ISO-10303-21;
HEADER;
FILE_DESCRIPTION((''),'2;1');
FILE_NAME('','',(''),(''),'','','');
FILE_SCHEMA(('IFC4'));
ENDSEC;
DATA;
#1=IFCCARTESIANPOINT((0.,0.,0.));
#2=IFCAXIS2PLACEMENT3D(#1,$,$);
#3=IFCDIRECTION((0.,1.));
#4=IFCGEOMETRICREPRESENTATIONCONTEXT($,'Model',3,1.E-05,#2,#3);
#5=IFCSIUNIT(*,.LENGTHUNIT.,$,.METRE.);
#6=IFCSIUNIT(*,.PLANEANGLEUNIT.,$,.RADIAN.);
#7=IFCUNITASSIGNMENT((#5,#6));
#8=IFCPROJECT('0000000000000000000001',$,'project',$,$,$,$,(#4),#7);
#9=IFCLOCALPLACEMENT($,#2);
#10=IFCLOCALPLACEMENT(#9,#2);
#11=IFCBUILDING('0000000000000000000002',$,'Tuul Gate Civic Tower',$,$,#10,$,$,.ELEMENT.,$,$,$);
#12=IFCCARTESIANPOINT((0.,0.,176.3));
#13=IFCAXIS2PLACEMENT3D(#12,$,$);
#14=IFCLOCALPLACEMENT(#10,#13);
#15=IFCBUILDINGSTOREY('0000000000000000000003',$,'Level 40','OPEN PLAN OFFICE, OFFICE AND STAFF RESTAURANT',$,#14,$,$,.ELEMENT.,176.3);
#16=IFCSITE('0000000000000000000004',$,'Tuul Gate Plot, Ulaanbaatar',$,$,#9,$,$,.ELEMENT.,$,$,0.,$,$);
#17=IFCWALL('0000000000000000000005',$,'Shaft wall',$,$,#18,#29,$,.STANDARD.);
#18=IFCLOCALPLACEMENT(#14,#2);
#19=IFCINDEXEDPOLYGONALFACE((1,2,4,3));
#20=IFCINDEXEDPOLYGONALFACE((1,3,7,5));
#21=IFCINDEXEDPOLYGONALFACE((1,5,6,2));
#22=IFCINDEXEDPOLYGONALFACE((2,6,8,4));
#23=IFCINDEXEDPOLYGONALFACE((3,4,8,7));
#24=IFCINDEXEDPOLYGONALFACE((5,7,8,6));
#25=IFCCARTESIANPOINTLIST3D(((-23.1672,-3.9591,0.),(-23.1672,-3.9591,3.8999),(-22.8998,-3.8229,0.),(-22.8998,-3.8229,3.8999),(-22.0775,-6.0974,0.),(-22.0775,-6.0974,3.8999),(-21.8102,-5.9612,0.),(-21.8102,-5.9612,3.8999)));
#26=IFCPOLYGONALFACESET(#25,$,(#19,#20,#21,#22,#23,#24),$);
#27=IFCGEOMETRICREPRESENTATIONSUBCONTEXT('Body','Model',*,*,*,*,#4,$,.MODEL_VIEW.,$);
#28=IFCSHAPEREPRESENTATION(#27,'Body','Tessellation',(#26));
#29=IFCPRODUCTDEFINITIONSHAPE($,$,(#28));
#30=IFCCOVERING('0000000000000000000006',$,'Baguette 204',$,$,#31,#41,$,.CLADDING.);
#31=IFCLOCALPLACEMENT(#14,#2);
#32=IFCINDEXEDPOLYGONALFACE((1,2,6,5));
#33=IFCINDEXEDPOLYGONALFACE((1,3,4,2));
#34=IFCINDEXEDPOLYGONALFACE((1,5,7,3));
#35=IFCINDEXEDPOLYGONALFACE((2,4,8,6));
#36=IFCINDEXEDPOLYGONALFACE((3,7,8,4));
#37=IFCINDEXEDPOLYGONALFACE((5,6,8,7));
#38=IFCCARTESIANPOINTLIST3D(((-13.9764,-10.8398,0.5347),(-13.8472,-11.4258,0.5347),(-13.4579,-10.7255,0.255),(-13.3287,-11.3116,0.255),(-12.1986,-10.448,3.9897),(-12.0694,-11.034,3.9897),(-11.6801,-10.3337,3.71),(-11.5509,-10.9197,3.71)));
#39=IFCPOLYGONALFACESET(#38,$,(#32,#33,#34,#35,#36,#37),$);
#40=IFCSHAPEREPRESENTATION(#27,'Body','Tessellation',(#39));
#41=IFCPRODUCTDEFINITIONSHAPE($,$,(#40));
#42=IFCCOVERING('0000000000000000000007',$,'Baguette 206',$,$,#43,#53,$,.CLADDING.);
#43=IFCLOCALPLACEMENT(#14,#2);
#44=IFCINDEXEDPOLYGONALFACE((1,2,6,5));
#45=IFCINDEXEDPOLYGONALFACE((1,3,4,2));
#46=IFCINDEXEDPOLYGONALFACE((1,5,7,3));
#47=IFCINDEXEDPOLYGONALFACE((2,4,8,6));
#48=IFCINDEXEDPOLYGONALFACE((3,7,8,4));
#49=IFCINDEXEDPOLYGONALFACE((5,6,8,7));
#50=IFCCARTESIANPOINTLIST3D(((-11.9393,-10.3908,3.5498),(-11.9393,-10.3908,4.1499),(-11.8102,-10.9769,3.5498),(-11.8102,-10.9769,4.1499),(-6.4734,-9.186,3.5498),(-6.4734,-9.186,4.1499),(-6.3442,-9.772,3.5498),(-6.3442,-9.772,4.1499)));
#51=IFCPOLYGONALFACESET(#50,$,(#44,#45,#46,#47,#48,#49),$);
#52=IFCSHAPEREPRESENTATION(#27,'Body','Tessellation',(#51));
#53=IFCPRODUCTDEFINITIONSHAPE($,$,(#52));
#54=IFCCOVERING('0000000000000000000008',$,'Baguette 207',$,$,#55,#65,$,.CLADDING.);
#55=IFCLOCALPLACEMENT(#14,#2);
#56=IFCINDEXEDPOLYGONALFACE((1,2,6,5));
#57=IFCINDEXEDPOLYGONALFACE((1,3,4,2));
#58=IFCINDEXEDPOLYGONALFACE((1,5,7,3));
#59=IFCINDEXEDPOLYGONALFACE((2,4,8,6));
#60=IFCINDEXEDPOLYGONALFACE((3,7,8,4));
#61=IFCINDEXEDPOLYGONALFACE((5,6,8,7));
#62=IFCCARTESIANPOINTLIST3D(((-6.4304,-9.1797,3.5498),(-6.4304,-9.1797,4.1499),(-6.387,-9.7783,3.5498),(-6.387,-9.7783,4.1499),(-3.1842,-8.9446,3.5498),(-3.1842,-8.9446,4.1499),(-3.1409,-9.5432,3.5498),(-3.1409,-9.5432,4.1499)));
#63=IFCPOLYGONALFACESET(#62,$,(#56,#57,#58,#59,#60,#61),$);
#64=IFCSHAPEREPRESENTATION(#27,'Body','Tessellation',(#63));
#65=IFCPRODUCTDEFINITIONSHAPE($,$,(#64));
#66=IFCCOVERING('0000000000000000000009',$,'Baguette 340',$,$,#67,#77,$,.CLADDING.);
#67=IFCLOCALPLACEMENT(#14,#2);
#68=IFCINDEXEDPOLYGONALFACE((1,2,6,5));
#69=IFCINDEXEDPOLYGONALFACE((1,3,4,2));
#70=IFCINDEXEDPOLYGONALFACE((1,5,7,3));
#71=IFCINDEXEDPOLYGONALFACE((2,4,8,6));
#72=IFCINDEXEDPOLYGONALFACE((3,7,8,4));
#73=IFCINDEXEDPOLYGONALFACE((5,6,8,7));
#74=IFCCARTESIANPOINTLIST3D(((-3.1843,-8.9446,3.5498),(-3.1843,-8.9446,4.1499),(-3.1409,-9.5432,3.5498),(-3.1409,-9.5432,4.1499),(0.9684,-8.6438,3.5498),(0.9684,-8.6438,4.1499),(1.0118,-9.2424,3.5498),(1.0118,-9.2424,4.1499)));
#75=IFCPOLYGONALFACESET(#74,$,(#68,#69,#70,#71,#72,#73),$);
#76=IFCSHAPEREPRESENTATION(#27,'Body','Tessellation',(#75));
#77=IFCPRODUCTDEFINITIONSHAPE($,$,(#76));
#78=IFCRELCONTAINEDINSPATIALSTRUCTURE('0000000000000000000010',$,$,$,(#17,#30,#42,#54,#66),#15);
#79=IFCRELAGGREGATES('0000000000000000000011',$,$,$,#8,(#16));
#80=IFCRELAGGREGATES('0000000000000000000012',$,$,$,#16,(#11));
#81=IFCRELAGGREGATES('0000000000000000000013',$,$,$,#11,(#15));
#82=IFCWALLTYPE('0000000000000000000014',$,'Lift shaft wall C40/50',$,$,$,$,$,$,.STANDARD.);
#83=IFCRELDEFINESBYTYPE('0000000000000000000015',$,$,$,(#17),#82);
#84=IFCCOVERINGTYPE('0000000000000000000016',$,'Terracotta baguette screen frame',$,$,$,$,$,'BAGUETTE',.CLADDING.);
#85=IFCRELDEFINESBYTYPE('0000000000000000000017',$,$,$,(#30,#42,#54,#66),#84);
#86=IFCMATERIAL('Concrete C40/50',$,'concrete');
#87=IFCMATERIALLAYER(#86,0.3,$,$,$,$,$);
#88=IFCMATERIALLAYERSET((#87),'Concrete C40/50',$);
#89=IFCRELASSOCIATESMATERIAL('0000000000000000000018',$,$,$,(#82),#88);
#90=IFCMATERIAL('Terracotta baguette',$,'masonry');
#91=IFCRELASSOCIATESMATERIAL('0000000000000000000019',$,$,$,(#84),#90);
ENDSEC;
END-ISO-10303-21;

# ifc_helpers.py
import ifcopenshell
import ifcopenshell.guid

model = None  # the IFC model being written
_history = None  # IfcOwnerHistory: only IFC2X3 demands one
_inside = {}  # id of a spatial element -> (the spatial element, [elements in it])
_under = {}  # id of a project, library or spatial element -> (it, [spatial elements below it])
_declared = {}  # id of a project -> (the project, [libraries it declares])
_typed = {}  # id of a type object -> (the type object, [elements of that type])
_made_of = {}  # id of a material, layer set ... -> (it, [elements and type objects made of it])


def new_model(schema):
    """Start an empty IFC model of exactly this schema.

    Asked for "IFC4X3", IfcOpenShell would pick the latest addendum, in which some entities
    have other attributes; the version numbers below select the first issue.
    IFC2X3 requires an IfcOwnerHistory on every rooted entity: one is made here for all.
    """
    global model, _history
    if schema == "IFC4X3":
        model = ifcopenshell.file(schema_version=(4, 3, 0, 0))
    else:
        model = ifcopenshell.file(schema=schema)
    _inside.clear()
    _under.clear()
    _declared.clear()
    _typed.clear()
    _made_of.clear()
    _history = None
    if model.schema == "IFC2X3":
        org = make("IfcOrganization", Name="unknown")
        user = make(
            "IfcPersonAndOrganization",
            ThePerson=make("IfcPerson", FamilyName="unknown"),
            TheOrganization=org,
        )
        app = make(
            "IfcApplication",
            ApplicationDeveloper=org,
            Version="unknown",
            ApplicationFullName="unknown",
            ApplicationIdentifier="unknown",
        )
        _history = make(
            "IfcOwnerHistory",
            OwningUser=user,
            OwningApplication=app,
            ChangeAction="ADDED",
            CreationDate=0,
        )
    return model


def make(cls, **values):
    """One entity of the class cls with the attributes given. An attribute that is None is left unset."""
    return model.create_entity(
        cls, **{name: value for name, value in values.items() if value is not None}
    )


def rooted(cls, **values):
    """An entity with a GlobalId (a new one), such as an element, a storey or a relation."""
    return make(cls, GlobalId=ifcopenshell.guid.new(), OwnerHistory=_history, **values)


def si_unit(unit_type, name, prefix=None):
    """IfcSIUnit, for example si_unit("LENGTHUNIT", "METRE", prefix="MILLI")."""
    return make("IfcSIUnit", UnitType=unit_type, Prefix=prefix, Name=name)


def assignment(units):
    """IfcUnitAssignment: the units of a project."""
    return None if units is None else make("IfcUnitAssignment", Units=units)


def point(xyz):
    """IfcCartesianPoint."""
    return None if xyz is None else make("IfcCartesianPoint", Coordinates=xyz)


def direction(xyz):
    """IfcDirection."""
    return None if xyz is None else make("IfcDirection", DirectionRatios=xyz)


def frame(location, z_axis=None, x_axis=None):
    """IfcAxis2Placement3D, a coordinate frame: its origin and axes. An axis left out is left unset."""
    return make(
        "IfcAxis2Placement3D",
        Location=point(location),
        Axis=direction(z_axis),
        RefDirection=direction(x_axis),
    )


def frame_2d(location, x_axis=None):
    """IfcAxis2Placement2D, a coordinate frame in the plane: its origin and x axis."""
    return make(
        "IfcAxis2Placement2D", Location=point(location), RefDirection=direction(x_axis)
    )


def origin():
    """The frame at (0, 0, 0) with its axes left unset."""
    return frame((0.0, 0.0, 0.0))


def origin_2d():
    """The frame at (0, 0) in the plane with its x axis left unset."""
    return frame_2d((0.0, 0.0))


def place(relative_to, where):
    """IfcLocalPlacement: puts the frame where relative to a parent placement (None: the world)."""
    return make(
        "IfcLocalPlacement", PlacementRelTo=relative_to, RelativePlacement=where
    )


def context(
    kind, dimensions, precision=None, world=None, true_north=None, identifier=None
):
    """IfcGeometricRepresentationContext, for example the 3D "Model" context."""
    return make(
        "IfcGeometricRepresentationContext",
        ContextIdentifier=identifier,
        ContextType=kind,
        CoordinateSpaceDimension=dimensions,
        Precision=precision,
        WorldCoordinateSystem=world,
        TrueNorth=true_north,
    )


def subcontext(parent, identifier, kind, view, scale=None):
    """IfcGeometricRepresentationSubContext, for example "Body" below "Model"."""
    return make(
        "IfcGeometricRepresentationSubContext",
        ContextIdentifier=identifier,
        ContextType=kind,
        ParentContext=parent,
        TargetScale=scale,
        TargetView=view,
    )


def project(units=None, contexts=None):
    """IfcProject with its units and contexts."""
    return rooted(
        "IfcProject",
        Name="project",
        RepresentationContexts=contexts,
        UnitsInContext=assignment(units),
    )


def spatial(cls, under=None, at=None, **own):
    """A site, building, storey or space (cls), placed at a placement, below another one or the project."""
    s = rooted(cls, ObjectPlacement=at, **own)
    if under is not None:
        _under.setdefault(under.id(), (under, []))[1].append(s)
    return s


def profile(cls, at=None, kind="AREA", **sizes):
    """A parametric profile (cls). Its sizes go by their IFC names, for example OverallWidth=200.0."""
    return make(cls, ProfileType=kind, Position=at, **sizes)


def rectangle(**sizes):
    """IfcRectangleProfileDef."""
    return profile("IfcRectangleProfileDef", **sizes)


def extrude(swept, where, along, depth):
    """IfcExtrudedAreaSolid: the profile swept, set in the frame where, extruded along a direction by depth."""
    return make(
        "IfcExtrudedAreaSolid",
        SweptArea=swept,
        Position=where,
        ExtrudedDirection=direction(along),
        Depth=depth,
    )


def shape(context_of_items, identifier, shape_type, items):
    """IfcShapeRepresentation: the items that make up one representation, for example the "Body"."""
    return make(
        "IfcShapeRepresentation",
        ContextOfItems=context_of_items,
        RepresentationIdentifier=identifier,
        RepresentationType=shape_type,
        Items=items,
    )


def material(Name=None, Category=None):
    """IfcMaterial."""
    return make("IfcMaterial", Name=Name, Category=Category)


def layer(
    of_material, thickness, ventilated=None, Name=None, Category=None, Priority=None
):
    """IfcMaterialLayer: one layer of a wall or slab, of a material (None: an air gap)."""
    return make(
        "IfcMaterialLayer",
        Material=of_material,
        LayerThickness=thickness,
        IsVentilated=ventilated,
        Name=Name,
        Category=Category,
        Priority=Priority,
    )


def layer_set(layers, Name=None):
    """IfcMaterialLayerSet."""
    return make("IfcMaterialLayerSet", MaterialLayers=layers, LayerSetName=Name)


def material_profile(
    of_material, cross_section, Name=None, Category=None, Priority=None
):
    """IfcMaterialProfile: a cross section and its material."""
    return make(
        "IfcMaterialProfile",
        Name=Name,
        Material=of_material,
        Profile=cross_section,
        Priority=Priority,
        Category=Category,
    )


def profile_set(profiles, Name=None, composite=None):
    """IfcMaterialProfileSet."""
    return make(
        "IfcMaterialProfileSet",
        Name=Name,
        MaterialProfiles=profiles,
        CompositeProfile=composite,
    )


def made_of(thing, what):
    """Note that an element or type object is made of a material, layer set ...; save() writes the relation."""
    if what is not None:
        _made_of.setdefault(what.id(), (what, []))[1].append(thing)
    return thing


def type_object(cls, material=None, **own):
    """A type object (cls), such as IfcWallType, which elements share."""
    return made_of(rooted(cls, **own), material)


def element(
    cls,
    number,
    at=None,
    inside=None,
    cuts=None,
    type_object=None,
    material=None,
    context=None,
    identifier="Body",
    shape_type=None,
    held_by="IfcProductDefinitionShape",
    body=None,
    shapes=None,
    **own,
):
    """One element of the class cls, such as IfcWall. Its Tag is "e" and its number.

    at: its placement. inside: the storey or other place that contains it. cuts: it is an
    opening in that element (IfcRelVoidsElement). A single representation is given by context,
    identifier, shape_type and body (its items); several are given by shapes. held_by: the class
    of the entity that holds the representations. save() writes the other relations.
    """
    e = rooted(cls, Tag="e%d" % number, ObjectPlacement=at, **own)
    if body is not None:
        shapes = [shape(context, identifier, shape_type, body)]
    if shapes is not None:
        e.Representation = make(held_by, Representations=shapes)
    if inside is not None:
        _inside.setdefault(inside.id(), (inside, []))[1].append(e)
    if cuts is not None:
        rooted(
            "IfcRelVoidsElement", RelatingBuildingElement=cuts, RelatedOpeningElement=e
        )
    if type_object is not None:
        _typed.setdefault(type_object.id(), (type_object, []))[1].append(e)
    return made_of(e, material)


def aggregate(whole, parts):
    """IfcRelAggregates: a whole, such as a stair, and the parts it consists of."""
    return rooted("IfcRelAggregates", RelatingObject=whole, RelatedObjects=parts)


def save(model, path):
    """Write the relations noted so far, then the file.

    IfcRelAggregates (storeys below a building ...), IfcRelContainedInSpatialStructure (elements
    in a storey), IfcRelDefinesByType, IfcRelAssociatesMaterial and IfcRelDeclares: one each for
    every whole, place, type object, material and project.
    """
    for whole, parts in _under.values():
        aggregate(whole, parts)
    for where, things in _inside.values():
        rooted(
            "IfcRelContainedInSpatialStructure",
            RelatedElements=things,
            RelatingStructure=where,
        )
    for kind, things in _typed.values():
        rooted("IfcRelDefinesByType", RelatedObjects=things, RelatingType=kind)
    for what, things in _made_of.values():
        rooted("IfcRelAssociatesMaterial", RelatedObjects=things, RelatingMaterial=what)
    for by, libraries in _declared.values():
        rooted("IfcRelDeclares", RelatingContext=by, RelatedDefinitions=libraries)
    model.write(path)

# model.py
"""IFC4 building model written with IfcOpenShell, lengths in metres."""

from ifc_helpers import new_model, si_unit, direction, frame, frame_2d, origin, origin_2d, place, context, subcontext, project, spatial, rectangle, extrude, material, layer, layer_set, material_profile, profile_set, type_object, element, save


model = new_model("IFC4")

# Units and contexts
model_context = context("Model", 3, precision=1e-05, world=origin(), true_north=direction((0.0, 1.0)))
body_context = subcontext(model_context, "Body", "Model", "MODEL_VIEW")
ifc_project = project(units=[si_unit("LENGTHUNIT", "METRE"), si_unit("PLANEANGLEUNIT", "RADIAN")], contexts=[model_context])

# Site, building, storey
site_placement = place(None, origin())
site = spatial("IfcSite", under=ifc_project, at=site_placement, Name="Tuul Gate Plot, Ulaanbaatar", CompositionType="ELEMENT", RefElevation=0.0)
building_placement = place(site_placement, origin())
building = spatial("IfcBuilding", under=site, at=building_placement, Name="Tuul Gate Civic Tower", CompositionType="ELEMENT")
storey_placement = place(building_placement, frame((0.0, 0.0, 176.3)))
storey = spatial("IfcBuildingStorey", under=building, at=storey_placement, Name="Level 40", Description="OPEN PLAN OFFICE, OFFICE AND STAFF RESTAURANT", CompositionType="ELEMENT", Elevation=176.3)

# Wall
ifc_material_1 = material(Name="Concrete C40/50", Category="concrete")
ifc_layer_1 = layer(ifc_material_1, 0.3)
ifc_layer_set_1 = layer_set([ifc_layer_1], Name="Concrete C40/50")
wall_type_1 = type_object("IfcWallType", Name="Lift shaft wall C40/50", PredefinedType="STANDARD", material=ifc_layer_set_1)
wall_1_placement = place(storey_placement, frame((-21.9438, -6.0293, 0.0), z_axis=(0.0, 0.0, 1.0), x_axis=(-0.454037, 0.890983, 0.0)))
element("IfcWall", 1, at=wall_1_placement, inside=storey, type_object=wall_type_1, Name="Shaft wall", PredefinedType="STANDARD", context=body_context, shape_type="SweptSolid", body=[
    extrude(rectangle(XDim=2.3999, YDim=0.3, at=frame_2d((1.2, 0.0))), origin(), (0.0, 0.0, 1.0), 3.8999),
])

# Coverings
ifc_material_2 = material(Name="Terracotta baguette", Category="masonry")
ifc_material_profile_1 = material_profile(ifc_material_2, rectangle(XDim=0.6001, YDim=0.6001, at=origin_2d()), Name="Terracotta baguette screen frame")
ifc_profile_set_1 = profile_set([ifc_material_profile_1], Name="Terracotta baguette")
covering_type = type_object("IfcCoveringType", Name="Terracotta baguette screen frame", ElementType="BAGUETTE", PredefinedType="CLADDING", material=ifc_profile_set_1)
covering_1_placement = place(storey_placement, frame((-11.8748, -10.6838, 3.8499), z_axis=(-0.455229, -0.100335, -0.884703), x_axis=(0.21524, -0.976561, 0.0)))
element("IfcCovering", 2, at=covering_1_placement, inside=storey, type_object=covering_type, Name="Baguette 204", PredefinedType="CLADDING", context=body_context, shape_type="SweptSolid", body=[
    extrude(rectangle(XDim=0.6001, YDim=0.6001, at=origin_2d()), origin(), (0.0, 0.0, 1.0), 3.9053),
])
covering_2_placement = place(storey_placement, frame((-11.8748, -10.6838, 3.8499), z_axis=(0.976558, 0.215254, 0.0), x_axis=(-0.215254, 0.976558, 0.0)))
element("IfcCovering", 3, at=covering_2_placement, inside=storey, type_object=covering_type, Name="Baguette 206", PredefinedType="CLADDING", context=body_context, shape_type="SweptSolid", body=[
    extrude(rectangle(XDim=0.6001, YDim=0.6001, at=origin_2d()), origin(), (0.0, 0.0, 1.0), 5.5972),
])
covering_3_placement = place(storey_placement, frame((-6.4087, -9.479, 3.8499), z_axis=(0.997387, 0.072239, 0.0), x_axis=(-0.072239, 0.997387, 0.0)))
element("IfcCovering", 4, at=covering_3_placement, inside=storey, type_object=covering_type, Name="Baguette 207", PredefinedType="CLADDING", context=body_context, shape_type="SweptSolid", body=[
    extrude(rectangle(XDim=0.6001, YDim=0.6001, at=origin_2d()), origin(), (0.0, 0.0, 1.0), 3.2546),
])
covering_4_placement = place(storey_placement, frame((-3.1626, -9.2439, 3.8499), z_axis=(0.997387, 0.072243, 0.0), x_axis=(-0.072243, 0.997387, 0.0)))
element("IfcCovering", 5, at=covering_4_placement, inside=storey, type_object=covering_type, Name="Baguette 340", PredefinedType="CLADDING", context=body_context, shape_type="SweptSolid", body=[
    extrude(rectangle(XDim=0.6001, YDim=0.6001, at=origin_2d()), origin(), (0.0, 0.0, 1.0), 4.1636),
])

save(model, "model.ifc")
